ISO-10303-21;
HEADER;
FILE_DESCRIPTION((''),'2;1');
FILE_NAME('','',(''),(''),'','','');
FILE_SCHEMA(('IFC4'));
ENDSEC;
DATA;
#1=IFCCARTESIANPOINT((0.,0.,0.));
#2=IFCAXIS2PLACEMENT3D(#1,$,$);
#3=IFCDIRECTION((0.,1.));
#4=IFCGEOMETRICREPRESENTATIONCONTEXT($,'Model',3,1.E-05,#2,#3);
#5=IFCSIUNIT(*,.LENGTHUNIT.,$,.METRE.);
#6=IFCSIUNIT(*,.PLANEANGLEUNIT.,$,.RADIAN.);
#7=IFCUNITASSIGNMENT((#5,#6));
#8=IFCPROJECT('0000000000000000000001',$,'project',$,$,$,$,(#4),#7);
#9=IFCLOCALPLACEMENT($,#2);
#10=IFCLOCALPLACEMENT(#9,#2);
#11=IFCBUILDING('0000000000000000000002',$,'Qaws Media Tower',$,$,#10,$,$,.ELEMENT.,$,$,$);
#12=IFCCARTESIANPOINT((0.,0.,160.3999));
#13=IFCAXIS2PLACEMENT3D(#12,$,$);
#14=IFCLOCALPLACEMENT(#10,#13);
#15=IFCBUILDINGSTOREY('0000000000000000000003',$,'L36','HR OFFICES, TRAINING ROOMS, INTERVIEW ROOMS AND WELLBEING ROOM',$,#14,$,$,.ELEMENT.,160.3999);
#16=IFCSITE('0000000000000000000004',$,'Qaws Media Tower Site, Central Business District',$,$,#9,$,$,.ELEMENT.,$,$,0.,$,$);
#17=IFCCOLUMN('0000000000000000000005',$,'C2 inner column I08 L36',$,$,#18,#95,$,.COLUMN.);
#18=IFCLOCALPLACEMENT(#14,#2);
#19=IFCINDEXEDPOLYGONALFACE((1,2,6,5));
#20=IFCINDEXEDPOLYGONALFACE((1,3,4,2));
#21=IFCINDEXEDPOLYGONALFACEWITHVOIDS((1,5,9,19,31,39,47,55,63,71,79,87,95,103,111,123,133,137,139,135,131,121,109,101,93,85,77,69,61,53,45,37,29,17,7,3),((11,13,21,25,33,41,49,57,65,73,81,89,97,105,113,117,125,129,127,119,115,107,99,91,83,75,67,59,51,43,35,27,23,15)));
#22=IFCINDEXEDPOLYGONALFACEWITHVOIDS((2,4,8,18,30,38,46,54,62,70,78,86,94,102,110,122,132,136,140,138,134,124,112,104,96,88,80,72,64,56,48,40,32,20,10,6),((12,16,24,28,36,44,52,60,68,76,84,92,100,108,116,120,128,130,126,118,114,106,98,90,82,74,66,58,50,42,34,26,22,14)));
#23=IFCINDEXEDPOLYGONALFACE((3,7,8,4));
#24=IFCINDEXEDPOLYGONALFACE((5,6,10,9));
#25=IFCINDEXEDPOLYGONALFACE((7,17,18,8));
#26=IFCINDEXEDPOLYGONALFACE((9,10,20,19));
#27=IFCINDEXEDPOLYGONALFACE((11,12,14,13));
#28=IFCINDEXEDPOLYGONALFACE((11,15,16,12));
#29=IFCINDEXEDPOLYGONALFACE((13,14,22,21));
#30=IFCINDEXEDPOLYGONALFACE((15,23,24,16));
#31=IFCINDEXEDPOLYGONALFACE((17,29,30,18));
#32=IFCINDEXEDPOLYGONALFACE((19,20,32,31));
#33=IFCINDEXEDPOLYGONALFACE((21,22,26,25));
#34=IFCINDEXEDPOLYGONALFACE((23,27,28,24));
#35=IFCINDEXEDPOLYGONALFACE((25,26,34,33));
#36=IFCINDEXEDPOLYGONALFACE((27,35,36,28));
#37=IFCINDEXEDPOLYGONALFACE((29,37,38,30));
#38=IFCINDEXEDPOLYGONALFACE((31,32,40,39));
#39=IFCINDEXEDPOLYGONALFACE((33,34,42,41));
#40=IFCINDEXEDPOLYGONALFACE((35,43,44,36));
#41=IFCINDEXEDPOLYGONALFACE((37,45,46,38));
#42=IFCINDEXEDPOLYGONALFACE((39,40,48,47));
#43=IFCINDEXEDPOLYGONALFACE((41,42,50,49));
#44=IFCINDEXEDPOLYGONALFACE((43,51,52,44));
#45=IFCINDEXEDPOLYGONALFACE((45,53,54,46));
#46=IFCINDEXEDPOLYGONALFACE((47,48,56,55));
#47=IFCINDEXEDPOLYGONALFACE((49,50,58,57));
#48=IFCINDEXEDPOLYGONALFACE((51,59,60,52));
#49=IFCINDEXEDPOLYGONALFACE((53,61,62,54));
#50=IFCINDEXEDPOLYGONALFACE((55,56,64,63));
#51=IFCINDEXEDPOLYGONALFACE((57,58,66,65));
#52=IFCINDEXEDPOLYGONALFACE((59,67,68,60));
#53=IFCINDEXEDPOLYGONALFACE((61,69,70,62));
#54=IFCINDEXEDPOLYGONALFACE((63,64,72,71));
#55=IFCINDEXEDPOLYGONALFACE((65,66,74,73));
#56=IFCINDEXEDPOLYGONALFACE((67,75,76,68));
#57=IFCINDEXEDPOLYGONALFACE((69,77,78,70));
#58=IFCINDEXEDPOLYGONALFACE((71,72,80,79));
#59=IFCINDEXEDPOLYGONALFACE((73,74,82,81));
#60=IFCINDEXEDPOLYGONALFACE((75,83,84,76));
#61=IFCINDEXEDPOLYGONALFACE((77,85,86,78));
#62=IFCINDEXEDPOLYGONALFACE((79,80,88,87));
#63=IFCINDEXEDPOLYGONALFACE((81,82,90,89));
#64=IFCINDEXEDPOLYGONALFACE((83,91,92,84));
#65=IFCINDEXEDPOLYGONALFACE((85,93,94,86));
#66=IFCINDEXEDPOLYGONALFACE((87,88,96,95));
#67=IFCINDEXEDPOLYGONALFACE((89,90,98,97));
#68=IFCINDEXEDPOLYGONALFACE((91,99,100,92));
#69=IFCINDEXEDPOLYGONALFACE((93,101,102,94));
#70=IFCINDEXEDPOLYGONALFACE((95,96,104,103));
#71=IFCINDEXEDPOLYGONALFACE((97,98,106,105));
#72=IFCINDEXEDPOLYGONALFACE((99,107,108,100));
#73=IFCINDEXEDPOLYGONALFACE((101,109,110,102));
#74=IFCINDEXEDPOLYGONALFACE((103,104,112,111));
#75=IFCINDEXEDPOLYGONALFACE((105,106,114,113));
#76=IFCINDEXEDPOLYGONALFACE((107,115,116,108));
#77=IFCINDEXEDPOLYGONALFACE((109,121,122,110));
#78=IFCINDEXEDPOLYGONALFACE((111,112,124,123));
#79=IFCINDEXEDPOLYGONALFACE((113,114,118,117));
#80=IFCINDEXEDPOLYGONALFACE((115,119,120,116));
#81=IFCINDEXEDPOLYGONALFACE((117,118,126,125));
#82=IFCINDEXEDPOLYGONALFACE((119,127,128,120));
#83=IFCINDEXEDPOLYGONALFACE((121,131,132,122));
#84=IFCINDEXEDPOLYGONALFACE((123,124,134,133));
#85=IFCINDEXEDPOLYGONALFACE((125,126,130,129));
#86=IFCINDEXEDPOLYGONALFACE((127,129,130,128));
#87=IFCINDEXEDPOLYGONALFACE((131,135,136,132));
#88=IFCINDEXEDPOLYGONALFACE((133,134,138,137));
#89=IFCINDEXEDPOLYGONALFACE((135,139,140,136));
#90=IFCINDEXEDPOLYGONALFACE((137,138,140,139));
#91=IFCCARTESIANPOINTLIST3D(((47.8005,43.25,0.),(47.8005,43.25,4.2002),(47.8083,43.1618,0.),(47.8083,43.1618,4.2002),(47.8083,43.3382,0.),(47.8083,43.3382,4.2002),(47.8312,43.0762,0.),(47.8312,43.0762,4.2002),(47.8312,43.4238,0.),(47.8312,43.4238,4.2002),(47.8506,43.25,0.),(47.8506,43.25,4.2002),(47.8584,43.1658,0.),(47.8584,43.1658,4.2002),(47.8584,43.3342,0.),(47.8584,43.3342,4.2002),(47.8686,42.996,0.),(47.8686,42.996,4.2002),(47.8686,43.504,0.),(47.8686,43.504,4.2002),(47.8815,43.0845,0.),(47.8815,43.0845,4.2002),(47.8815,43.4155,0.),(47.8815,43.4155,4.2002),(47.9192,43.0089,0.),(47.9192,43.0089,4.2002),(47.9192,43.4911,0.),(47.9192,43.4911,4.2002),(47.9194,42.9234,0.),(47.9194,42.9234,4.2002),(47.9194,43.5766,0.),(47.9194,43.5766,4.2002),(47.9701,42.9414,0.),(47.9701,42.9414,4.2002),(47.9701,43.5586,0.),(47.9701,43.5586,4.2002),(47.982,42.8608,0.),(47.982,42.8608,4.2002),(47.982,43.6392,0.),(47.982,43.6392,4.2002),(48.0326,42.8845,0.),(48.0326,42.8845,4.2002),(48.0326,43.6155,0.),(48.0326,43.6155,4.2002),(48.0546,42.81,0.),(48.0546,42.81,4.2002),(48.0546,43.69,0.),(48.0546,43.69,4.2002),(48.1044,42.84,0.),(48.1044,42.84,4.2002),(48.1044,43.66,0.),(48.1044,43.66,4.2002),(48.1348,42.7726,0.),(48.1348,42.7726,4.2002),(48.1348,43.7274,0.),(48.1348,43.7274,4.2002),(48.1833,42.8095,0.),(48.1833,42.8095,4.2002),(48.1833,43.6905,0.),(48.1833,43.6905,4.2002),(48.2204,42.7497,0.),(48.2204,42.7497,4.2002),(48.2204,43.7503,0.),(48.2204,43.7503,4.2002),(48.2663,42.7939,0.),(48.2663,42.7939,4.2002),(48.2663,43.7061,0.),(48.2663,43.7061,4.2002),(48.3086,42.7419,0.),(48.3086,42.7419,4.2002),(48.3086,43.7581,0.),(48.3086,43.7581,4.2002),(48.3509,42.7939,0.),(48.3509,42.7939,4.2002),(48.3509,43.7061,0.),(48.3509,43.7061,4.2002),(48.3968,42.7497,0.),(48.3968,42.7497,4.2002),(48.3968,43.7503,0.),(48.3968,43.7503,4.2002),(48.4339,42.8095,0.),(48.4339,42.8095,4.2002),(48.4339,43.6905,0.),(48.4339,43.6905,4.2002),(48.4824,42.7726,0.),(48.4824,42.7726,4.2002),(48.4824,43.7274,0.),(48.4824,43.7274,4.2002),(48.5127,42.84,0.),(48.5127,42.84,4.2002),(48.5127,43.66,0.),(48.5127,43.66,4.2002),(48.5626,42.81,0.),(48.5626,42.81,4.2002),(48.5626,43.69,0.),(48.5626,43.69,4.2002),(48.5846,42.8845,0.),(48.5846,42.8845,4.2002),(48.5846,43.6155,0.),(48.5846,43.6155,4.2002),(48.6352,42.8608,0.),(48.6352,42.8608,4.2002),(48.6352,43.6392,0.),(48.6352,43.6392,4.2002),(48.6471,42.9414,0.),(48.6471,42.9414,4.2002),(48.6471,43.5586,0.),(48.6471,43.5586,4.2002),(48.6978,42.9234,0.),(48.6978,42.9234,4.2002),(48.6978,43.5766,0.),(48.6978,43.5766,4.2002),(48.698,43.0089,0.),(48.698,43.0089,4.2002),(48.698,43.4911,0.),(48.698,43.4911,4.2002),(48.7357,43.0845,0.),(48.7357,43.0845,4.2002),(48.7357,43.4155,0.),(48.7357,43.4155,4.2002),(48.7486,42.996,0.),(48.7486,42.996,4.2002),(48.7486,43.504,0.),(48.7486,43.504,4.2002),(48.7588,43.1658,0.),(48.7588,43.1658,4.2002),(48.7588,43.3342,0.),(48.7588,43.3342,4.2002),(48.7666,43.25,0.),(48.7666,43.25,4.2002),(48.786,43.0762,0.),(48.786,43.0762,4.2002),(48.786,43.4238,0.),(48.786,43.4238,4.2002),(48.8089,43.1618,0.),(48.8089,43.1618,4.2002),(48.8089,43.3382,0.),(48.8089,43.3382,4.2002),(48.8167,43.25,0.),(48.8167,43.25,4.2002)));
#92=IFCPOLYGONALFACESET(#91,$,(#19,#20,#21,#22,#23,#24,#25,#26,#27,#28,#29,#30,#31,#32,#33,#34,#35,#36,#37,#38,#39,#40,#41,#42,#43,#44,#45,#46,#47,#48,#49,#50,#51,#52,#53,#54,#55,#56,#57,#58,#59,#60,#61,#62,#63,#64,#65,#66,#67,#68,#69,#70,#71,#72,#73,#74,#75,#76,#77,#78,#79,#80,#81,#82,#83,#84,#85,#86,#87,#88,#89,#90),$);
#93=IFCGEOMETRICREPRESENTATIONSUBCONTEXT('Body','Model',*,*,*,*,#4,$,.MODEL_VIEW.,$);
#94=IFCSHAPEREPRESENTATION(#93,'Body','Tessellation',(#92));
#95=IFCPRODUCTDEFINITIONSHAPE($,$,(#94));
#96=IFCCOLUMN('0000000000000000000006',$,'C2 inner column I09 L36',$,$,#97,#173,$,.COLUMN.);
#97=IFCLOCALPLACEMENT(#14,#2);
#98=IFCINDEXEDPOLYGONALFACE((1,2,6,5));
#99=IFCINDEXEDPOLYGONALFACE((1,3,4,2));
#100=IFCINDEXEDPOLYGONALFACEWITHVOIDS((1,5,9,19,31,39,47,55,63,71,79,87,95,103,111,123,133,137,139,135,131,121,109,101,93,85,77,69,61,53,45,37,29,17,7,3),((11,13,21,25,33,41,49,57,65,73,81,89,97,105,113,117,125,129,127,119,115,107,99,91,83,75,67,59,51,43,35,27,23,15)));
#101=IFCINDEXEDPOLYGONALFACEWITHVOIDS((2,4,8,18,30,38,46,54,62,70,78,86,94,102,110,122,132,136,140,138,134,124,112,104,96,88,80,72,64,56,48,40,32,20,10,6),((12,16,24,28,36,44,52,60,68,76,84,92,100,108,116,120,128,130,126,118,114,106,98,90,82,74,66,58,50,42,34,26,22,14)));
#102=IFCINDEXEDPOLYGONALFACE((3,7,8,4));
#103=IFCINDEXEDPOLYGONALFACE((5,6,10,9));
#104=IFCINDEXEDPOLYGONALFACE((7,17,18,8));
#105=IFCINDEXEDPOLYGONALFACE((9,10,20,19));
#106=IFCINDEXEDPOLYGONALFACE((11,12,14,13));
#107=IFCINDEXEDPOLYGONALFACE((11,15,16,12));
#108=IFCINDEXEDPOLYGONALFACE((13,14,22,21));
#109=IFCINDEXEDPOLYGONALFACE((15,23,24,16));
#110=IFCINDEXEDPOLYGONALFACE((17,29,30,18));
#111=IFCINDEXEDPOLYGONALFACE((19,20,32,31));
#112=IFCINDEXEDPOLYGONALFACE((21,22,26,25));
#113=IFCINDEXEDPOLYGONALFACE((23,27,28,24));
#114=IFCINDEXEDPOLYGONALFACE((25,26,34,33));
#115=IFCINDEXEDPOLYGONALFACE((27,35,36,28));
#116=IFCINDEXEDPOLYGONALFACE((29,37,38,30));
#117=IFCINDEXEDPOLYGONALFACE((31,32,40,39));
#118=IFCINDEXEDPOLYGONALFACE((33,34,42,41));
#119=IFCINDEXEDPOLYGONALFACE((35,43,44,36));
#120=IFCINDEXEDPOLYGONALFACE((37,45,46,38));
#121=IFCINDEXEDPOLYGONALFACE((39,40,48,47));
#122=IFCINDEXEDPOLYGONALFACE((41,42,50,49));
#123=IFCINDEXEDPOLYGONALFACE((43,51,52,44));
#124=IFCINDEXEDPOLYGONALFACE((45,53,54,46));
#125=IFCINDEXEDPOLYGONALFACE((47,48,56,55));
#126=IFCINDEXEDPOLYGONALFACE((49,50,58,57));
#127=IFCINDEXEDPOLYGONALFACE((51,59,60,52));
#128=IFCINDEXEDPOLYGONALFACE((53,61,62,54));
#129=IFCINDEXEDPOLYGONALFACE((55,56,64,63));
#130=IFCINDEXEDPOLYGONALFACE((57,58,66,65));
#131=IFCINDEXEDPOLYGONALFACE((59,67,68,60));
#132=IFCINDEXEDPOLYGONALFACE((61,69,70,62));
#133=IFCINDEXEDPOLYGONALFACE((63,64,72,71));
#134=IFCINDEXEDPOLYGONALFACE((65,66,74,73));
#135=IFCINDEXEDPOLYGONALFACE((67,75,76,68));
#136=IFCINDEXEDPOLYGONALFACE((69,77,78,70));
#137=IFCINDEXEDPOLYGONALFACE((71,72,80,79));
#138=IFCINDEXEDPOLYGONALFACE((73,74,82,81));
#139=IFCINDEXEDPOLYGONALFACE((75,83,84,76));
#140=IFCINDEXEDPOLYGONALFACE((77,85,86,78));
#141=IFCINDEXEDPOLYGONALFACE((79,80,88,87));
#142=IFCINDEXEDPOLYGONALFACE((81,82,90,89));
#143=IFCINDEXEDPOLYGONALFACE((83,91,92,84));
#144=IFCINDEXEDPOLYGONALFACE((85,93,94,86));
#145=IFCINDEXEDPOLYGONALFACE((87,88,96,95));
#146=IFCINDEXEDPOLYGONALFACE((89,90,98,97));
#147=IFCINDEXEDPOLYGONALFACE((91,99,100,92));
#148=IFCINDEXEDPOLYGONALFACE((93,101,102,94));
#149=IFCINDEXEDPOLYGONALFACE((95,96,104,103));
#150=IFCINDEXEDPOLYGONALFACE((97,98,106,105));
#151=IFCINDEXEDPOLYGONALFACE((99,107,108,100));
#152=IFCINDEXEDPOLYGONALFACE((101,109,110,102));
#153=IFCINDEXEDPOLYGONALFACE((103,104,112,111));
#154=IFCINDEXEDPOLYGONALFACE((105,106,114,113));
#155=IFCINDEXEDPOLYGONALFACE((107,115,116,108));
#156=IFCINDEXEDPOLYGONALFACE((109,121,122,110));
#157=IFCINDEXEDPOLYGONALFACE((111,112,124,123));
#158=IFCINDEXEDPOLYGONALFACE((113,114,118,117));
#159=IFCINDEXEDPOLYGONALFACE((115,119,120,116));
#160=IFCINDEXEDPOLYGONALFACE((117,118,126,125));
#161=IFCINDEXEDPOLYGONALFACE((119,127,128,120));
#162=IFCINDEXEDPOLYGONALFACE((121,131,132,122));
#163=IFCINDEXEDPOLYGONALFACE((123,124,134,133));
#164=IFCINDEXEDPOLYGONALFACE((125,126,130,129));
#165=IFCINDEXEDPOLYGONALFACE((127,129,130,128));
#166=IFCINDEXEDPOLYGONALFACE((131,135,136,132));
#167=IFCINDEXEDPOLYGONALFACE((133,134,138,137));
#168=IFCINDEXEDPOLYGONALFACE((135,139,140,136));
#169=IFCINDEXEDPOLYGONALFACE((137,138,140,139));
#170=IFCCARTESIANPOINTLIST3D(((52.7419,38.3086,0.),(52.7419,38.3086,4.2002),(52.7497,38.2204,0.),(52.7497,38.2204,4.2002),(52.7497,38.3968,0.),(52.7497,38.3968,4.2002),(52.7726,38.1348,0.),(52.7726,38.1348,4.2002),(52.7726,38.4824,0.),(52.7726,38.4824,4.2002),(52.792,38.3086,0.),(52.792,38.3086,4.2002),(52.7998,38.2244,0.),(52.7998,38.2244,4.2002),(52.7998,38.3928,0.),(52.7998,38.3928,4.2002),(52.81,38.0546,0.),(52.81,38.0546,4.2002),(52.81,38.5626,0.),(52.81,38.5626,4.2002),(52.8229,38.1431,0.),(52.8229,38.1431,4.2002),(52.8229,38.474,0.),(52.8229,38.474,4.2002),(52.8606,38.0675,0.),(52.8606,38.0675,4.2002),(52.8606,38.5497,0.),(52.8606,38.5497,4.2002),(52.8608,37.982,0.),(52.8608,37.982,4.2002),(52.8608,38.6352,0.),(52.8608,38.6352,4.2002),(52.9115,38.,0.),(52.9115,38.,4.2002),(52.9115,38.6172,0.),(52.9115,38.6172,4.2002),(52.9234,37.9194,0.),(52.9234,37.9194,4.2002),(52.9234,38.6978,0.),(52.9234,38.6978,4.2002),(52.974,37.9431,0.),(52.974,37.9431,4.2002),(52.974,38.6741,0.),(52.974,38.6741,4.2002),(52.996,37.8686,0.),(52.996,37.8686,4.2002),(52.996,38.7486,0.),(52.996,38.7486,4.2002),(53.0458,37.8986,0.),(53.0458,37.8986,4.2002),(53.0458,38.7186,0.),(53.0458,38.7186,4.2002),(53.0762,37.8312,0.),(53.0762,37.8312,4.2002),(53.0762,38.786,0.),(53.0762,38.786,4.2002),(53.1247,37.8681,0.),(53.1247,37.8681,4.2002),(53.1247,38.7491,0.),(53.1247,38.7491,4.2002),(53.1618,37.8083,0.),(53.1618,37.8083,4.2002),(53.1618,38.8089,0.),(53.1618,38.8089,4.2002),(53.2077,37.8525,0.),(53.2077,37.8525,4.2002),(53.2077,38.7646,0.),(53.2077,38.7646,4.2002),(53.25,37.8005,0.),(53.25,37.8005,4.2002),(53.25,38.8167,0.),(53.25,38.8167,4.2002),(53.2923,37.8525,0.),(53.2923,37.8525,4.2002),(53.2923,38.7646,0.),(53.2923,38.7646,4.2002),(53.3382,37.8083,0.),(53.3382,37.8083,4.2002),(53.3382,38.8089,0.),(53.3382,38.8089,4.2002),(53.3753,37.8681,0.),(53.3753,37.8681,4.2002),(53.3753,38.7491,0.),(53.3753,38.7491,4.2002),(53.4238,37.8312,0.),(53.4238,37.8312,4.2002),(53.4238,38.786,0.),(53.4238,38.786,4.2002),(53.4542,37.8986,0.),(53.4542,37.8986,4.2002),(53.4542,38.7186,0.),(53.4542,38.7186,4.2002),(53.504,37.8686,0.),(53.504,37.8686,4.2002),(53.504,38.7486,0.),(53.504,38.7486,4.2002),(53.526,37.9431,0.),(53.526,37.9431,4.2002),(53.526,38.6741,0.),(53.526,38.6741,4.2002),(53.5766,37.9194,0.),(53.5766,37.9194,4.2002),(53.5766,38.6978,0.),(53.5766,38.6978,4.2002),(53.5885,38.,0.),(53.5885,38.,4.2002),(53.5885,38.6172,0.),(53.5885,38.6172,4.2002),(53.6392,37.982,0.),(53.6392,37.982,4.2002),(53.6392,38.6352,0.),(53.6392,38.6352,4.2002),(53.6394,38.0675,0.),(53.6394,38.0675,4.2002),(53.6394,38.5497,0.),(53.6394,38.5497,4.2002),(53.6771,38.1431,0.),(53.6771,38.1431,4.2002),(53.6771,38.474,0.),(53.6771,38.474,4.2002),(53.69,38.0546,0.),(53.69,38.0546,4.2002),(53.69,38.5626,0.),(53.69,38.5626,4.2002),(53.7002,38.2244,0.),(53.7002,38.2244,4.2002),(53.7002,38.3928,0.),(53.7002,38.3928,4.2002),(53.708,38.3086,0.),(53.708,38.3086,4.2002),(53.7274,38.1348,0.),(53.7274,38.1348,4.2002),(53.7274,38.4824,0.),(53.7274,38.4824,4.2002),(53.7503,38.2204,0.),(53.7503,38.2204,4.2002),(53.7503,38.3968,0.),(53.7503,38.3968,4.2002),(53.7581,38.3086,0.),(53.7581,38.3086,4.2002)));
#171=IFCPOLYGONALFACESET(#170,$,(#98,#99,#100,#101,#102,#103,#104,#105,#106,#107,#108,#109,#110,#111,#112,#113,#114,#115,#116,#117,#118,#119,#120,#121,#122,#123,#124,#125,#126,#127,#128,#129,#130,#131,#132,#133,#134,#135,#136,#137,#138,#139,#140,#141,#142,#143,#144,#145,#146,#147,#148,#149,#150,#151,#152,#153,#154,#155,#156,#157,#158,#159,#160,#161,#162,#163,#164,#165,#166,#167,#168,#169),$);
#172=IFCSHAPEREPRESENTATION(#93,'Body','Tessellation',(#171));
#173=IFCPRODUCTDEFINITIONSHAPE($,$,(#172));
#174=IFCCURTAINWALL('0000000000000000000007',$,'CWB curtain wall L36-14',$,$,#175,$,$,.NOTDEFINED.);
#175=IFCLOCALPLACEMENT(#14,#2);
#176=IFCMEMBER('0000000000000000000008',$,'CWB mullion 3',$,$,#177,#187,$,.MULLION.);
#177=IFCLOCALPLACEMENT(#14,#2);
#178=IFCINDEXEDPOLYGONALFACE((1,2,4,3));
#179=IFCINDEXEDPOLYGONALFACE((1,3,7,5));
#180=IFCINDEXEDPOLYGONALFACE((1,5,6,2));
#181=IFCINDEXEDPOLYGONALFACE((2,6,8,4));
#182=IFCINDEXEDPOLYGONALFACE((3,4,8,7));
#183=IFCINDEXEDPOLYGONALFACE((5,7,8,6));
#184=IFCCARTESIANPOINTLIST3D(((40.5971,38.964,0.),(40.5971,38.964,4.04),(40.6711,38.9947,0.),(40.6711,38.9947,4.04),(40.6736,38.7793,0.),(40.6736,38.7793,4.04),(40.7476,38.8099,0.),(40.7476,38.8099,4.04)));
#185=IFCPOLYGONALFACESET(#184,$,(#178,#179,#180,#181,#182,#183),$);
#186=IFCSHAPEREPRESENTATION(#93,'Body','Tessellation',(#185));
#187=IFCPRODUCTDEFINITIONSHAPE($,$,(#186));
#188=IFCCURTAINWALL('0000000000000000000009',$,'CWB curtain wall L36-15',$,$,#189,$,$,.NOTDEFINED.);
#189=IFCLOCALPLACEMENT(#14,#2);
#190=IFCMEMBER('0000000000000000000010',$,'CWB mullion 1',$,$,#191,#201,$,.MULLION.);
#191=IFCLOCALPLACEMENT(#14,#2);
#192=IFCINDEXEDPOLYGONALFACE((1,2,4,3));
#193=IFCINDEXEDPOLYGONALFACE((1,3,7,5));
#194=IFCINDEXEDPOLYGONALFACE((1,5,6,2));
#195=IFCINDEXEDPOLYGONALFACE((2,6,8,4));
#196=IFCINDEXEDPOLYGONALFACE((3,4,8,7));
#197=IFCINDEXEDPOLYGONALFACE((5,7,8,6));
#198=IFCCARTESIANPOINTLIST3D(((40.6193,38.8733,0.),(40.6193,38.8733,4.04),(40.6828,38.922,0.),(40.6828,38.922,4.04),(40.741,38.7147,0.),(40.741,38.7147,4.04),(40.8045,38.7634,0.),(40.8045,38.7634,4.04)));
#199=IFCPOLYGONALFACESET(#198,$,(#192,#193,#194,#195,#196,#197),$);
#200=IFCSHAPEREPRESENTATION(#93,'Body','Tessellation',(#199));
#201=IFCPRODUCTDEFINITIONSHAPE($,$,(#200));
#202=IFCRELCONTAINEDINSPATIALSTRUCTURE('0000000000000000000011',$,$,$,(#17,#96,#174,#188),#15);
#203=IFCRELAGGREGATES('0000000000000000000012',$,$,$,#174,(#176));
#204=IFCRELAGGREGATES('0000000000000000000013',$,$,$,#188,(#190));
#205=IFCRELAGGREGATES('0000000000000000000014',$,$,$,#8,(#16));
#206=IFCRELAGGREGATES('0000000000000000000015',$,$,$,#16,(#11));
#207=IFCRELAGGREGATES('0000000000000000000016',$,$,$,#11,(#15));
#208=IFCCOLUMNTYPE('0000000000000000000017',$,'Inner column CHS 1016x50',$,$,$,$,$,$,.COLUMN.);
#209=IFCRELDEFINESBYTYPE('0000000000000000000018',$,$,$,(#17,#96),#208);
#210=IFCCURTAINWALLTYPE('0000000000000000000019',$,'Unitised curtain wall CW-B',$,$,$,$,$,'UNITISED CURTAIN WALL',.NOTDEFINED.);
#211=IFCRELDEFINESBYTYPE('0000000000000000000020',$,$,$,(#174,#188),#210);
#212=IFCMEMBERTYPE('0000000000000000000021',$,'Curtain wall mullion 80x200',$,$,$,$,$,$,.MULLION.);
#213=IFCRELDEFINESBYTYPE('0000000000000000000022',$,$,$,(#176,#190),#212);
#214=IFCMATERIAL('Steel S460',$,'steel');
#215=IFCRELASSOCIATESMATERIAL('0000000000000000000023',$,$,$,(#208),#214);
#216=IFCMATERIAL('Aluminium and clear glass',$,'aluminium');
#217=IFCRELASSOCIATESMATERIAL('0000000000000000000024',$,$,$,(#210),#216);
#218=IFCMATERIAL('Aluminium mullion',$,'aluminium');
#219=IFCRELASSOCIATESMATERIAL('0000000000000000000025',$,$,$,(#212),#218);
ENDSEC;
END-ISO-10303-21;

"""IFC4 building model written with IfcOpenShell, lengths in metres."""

from ifc_helpers import new_model, si_unit, direction, frame, origin, origin_2d, place, context, subcontext, project, spatial, rectangle, hollow_circle, extrude, material, material_profile, profile_set, type_object, element, aggregate, save


model = new_model("IFC4")

# Units and contexts
model_context = context("Model", 3, precision=1e-05, world=origin(), true_north=direction((0.0, 1.0)))
body_context = subcontext(model_context, "Body", "Model", "MODEL_VIEW")
ifc_project = project(units=[si_unit("LENGTHUNIT", "METRE"), si_unit("PLANEANGLEUNIT", "RADIAN")], contexts=[model_context])

# Site, building, storey
site_placement = place(None, origin())
site = spatial("IfcSite", under=ifc_project, at=site_placement, Name="Qaws Media Tower Site, Central Business District", CompositionType="ELEMENT", RefElevation=0.0)
building_placement = place(site_placement, origin())
building = spatial("IfcBuilding", under=site, at=building_placement, Name="Qaws Media Tower", CompositionType="ELEMENT")
storey_placement = place(building_placement, frame((0.0, 0.0, 160.3999)))
storey = spatial("IfcBuildingStorey", under=building, at=storey_placement, Name="L36", Description="HR OFFICES, TRAINING ROOMS, INTERVIEW ROOMS AND WELLBEING ROOM", CompositionType="ELEMENT", Elevation=160.3999)

# Columns
ifc_material_1 = material(Name="Steel S460", Category="steel")
ifc_material_profile_1 = material_profile(ifc_material_1, hollow_circle(Radius=0.5081, WallThickness=0.05, at=origin_2d()), Name="CHS 1016x50")
ifc_profile_set_1 = profile_set([ifc_material_profile_1], Name="Steel S460")
column_type = type_object("IfcColumnType", Name="Inner column CHS 1016x50", PredefinedType="COLUMN", material=ifc_profile_set_1)
for number, where, z_axis, x_axis, name in (
    (1, (48.3086, 43.25, 0.0), (0.0, 0.0, 1.0), (1.0, 0.0, 0.0), "C2 inner column I08 L36"),
    (2, (53.25, 38.3086, 0.0), (0.0, 0.0, 1.0), (1.0, 0.0, 0.0), "C2 inner column I09 L36"),
):
    element("IfcColumn", number, at=place(storey_placement, frame(where, z_axis=z_axis, x_axis=x_axis)), inside=storey, type_object=column_type, Name=name, PredefinedType="COLUMN", context=body_context, shape_type="SweptSolid", body=[
        extrude(hollow_circle(Radius=0.5081, WallThickness=0.05, at=origin_2d()), origin(), (0.0, 0.0, 1.0), 4.2002),
    ])

# Curtain wall, member
ifc_material_2 = material(Name="Aluminium and clear glass", Category="aluminium")
curtain_wall_type = type_object("IfcCurtainWallType", Name="Unitised curtain wall CW-B", ElementType="UNITISED CURTAIN WALL", PredefinedType="NOTDEFINED", material=ifc_material_2)
curtain_wall_1_placement = place(storey_placement, origin())
curtain_wall_1 = element("IfcCurtainWall", 3, at=curtain_wall_1_placement, inside=storey, type_object=curtain_wall_type, Name="CWB curtain wall L36-14", PredefinedType="NOTDEFINED")
ifc_material_3 = material(Name="Aluminium mullion", Category="aluminium")
ifc_material_profile_2 = material_profile(ifc_material_3, rectangle(XDim=0.0801, YDim=0.2, at=origin_2d()), Name="80x200")
ifc_profile_set_2 = profile_set([ifc_material_profile_2], Name="Aluminium mullion")
member_type_1 = type_object("IfcMemberType", Name="Curtain wall mullion 80x200", PredefinedType="MULLION", material=ifc_profile_set_2)
member_1_placement = place(storey_placement, frame((40.6724, 38.887, 0.0), z_axis=(0.0, 0.0, 1.0), x_axis=(0.92388, 0.382683, 0.0)))
member_1 = element("IfcMember", 4, at=member_1_placement, type_object=member_type_1, Name="CWB mullion 3", PredefinedType="MULLION", context=body_context, shape_type="SweptSolid", body=[
    extrude(rectangle(XDim=0.0801, YDim=0.2, at=origin_2d()), origin(), (0.0, 0.0, 1.0), 4.04),
])
aggregate(curtain_wall_1, [member_1])

# Curtain wall, member
curtain_wall_2_placement = place(storey_placement, origin())
curtain_wall_2 = element("IfcCurtainWall", 5, at=curtain_wall_2_placement, inside=storey, type_object=curtain_wall_type, Name="CWB curtain wall L36-15", PredefinedType="NOTDEFINED")
member_2_placement = place(storey_placement, frame((40.7119, 38.8184, 0.0), z_axis=(0.0, 0.0, 1.0), x_axis=(0.793353, 0.608762, 0.0)))
member_2 = element("IfcMember", 6, at=member_2_placement, type_object=member_type_1, Name="CWB mullion 1", PredefinedType="MULLION", context=body_context, shape_type="SweptSolid", body=[
    extrude(rectangle(XDim=0.0801, YDim=0.2, at=origin_2d()), origin(), (0.0, 0.0, 1.0), 4.04),
])

aggregate(curtain_wall_2, [member_2])

save(model, "model.ifc")
